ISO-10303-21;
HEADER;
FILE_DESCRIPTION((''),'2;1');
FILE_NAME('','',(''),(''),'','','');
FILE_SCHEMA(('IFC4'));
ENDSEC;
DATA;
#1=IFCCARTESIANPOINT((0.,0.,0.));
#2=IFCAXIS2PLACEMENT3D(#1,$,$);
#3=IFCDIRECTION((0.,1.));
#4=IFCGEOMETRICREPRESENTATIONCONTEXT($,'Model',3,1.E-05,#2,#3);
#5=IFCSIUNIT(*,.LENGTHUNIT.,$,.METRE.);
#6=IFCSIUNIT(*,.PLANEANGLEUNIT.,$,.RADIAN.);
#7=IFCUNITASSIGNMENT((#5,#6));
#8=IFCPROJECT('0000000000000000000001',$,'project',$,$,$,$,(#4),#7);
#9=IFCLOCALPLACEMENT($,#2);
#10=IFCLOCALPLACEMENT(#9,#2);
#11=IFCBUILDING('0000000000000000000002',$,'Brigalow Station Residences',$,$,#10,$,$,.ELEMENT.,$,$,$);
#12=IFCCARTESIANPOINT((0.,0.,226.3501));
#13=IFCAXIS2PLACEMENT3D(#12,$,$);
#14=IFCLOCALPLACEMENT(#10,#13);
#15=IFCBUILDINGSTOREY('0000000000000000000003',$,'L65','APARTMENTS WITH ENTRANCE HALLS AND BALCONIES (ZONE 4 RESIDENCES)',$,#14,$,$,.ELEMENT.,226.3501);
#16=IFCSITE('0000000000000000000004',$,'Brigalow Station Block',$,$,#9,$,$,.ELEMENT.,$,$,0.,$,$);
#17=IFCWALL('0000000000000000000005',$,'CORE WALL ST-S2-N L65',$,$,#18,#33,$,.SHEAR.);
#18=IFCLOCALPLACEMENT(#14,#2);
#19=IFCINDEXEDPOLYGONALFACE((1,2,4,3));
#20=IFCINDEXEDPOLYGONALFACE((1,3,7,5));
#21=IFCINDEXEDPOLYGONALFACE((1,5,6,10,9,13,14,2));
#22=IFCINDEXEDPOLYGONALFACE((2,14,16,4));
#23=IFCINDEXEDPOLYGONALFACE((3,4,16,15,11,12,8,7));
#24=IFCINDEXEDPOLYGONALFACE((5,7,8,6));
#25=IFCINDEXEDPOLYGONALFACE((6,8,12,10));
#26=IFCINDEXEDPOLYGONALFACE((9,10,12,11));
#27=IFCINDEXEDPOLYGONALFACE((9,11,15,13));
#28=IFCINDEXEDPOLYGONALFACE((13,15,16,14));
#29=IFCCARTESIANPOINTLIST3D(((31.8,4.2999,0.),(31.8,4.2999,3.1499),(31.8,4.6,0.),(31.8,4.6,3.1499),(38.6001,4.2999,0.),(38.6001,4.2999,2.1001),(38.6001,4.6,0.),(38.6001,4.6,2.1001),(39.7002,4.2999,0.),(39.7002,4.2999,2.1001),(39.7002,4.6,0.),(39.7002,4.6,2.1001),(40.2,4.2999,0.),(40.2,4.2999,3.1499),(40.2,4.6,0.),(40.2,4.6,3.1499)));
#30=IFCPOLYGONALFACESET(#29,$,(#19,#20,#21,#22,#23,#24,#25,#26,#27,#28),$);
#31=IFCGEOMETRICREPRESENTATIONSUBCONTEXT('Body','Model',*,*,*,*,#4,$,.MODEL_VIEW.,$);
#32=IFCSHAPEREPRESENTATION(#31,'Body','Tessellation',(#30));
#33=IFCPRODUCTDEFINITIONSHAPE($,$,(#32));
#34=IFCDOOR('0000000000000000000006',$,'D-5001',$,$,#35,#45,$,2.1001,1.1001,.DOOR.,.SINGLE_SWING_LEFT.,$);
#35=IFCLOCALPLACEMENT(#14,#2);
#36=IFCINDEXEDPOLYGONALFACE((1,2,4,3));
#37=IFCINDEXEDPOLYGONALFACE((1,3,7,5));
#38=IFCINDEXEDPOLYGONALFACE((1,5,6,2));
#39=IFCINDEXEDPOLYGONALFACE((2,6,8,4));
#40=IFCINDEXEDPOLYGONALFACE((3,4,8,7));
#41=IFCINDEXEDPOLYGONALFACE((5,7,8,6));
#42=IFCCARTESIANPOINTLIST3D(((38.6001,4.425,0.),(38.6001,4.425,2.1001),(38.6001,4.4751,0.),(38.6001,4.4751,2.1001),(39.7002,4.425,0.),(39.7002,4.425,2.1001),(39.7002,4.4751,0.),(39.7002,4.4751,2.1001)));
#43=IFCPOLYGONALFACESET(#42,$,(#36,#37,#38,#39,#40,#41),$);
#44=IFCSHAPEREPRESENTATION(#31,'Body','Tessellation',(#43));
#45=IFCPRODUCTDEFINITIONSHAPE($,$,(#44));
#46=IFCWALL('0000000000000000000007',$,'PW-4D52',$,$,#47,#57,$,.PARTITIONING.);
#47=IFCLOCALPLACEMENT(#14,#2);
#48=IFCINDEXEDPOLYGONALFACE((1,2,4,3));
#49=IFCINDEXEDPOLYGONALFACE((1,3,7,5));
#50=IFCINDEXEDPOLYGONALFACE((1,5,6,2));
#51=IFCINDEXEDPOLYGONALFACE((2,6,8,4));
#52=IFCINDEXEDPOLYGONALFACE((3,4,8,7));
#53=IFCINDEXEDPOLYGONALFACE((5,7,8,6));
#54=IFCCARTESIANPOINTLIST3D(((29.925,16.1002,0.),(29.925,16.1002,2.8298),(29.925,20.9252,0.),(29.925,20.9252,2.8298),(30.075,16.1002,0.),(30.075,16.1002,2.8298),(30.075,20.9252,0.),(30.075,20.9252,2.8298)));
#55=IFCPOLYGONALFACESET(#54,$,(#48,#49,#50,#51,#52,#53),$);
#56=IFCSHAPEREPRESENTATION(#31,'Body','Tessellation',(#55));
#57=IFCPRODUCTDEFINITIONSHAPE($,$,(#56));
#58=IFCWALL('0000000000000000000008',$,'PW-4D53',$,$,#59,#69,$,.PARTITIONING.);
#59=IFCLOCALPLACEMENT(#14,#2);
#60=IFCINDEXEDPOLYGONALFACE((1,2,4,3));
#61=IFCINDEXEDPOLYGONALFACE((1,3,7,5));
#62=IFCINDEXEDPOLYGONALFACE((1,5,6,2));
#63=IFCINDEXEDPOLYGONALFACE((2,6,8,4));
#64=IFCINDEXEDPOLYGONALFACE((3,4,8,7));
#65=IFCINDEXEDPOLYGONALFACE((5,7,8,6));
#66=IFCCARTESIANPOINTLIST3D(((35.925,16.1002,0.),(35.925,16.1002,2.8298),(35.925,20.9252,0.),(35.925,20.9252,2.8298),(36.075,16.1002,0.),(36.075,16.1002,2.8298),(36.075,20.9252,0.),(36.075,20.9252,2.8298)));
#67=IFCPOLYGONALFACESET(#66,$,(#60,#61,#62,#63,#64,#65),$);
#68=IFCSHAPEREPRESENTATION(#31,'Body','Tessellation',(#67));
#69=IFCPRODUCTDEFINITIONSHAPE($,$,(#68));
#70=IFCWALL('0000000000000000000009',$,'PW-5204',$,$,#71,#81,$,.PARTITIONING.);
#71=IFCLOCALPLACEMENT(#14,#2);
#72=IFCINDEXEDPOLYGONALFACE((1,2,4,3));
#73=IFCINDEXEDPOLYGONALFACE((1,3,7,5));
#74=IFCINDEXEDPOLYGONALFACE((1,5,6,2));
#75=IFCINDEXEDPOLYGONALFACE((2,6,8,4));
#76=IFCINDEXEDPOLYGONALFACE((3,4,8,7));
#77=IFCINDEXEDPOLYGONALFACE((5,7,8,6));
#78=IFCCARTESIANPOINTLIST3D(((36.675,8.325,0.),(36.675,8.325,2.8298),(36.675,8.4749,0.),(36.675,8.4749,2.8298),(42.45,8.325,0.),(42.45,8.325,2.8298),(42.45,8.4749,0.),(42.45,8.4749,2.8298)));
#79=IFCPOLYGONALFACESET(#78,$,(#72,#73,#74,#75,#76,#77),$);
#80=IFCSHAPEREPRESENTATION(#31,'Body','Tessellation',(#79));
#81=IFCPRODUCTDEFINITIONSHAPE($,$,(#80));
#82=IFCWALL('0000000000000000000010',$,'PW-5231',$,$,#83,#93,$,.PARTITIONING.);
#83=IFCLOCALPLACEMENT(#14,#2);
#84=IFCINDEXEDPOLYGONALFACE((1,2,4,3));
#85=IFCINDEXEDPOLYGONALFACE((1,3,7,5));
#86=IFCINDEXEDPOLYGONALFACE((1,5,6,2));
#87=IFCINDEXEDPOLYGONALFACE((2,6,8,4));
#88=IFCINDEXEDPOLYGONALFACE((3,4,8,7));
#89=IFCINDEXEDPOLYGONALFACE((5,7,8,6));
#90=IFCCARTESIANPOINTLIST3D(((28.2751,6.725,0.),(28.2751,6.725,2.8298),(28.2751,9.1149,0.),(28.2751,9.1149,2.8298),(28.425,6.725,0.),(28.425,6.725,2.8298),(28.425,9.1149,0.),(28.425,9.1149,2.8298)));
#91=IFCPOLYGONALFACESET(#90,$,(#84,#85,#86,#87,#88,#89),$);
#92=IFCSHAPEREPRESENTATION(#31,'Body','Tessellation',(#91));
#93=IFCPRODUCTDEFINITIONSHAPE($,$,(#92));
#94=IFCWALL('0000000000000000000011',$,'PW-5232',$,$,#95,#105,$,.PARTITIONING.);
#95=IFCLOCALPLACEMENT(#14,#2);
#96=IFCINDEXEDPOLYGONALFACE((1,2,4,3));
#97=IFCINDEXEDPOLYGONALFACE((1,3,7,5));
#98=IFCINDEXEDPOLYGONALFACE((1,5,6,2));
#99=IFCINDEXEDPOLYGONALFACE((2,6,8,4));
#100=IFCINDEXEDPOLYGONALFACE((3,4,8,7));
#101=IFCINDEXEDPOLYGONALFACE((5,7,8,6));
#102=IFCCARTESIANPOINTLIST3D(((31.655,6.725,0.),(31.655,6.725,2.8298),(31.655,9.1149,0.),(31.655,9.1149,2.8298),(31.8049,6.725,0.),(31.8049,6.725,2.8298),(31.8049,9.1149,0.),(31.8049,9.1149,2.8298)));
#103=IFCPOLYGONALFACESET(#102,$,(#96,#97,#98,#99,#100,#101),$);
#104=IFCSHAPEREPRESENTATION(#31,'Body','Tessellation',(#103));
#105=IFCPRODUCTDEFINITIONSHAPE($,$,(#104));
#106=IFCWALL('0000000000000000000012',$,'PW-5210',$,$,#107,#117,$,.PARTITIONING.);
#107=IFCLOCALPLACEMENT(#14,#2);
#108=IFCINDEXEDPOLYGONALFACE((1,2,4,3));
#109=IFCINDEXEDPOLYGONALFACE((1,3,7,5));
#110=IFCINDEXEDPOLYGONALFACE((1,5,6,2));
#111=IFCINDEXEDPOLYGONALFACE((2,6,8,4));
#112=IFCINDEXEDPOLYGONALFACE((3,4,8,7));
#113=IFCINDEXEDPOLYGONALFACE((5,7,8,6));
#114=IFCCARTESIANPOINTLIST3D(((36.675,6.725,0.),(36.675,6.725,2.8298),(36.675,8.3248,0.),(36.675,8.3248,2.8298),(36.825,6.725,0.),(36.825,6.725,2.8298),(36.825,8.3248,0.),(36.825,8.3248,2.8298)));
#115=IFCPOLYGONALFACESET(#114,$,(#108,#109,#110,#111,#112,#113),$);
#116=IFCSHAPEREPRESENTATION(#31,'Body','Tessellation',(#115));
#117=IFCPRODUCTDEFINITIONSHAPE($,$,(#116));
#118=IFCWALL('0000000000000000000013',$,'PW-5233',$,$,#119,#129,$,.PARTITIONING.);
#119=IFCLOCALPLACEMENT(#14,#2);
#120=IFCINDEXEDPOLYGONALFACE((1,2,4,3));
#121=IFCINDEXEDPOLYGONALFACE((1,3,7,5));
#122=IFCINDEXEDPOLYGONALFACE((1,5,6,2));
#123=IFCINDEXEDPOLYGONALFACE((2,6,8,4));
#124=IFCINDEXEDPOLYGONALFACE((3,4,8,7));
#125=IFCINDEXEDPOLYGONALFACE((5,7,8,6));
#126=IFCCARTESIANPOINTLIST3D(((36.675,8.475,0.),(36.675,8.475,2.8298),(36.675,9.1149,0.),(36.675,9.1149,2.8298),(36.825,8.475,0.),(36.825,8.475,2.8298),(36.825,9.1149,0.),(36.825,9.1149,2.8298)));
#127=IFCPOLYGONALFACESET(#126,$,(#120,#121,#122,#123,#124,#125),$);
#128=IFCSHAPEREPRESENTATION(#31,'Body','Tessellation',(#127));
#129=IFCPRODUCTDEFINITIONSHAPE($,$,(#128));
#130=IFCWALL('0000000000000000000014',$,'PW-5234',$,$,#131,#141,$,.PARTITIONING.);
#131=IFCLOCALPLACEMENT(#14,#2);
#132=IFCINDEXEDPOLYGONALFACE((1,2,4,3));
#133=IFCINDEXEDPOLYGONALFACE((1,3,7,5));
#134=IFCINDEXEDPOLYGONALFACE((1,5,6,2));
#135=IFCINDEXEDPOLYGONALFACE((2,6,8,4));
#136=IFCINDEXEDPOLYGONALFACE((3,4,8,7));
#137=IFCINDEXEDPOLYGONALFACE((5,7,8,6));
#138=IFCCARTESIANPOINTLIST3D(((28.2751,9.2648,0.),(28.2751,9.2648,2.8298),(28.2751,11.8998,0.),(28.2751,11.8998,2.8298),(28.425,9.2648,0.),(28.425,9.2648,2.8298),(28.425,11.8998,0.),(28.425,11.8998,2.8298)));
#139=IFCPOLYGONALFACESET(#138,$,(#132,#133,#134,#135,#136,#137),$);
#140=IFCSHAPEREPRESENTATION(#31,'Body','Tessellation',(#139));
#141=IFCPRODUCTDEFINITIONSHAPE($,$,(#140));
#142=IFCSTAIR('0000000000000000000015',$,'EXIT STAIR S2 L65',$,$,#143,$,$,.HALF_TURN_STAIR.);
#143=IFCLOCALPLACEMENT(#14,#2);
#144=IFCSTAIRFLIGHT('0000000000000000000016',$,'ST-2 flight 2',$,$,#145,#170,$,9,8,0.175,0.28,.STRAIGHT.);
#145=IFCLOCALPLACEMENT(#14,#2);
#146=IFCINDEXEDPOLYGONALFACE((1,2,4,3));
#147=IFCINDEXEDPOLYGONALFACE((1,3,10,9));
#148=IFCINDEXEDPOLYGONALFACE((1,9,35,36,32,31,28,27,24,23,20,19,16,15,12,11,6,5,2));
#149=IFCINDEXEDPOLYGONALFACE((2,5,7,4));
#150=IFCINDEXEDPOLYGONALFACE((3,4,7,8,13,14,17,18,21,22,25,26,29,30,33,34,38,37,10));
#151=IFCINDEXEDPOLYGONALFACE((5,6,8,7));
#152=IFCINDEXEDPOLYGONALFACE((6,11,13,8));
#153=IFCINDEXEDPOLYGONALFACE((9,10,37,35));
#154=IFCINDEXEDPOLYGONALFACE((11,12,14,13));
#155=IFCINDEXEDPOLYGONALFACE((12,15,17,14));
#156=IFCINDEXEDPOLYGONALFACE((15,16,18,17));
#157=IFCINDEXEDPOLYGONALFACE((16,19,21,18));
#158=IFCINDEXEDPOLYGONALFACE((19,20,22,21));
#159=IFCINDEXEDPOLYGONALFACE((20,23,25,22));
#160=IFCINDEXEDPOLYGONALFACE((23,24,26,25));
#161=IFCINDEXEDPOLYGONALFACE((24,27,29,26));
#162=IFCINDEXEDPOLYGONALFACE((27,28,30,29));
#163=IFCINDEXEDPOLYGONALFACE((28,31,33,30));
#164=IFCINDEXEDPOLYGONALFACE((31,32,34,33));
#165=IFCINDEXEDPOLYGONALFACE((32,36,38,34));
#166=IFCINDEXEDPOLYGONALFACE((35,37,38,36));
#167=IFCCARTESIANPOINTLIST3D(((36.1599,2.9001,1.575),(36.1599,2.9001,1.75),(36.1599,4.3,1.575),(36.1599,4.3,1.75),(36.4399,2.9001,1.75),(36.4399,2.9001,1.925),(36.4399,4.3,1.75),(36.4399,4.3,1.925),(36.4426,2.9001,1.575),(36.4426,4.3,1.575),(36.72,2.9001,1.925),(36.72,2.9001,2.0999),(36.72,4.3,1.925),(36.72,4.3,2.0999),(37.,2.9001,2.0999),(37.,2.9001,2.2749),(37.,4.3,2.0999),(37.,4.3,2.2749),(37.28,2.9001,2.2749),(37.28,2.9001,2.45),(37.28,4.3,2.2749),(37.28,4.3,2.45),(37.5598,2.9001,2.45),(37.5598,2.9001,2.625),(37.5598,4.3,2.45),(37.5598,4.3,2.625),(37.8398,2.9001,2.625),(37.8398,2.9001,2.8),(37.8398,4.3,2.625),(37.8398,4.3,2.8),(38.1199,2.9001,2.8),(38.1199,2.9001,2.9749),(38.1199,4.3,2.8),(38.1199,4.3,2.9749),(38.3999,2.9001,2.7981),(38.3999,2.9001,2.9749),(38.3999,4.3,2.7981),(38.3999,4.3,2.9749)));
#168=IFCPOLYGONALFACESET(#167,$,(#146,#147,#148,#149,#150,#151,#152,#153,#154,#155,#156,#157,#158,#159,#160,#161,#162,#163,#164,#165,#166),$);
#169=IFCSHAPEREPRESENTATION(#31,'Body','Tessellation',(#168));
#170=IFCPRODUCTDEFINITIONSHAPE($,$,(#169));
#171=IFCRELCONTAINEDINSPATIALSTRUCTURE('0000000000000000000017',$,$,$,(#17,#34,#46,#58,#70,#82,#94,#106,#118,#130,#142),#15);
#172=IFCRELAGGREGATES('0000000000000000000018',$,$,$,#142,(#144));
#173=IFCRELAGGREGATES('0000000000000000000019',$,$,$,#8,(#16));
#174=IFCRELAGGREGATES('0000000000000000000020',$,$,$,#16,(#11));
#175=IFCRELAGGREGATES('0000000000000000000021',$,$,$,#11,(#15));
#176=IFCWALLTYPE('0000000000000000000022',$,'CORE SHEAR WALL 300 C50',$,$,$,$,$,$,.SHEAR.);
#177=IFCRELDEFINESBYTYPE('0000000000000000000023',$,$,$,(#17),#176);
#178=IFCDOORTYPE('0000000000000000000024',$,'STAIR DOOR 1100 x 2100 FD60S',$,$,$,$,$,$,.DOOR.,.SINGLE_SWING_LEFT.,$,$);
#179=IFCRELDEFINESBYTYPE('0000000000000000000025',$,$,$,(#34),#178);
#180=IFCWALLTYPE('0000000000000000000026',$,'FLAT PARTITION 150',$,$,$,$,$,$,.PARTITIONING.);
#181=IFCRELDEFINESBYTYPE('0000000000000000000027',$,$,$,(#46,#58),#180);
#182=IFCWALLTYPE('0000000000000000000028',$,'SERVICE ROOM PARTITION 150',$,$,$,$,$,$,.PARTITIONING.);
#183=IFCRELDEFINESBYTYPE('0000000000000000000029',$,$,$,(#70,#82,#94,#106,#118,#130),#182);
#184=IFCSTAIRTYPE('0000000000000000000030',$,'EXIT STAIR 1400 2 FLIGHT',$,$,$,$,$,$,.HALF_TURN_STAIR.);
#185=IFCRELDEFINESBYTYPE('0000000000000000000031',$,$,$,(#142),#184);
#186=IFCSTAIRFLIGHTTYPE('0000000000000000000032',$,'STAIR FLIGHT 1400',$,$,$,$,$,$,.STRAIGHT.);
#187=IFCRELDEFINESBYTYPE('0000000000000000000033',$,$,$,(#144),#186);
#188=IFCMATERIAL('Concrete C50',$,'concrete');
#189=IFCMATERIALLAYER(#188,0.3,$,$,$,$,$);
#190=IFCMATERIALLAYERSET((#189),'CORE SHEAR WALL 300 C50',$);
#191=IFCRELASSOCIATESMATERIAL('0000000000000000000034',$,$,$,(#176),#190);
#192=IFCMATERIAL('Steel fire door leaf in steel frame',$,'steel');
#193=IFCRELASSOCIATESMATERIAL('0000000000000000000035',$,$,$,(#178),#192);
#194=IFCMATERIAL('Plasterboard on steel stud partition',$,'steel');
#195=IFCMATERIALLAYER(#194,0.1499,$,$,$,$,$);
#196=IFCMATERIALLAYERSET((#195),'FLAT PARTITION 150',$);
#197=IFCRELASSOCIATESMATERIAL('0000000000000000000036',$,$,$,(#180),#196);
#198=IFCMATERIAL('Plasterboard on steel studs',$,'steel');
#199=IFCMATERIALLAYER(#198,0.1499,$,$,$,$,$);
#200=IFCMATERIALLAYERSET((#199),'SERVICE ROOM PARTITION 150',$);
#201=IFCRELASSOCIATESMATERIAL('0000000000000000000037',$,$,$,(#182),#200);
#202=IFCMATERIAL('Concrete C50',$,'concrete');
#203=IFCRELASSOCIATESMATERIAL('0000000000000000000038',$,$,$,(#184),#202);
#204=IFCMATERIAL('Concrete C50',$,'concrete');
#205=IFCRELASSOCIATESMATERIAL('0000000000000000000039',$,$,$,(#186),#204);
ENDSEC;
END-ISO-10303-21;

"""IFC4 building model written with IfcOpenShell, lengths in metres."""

from ifc_helpers import new_model, si_unit, direction, frame, frame_2d, origin, place, context, subcontext, project, spatial, polyline, rectangle, outline, extrude, material, layer, layer_set, type_object, element, fill, aggregate, save


model = new_model("IFC4")

# Units and contexts
model_context = context("Model", 3, precision=1e-05, world=origin(), true_north=direction((0.0, 1.0)))
body_context = subcontext(model_context, "Body", "Model", "MODEL_VIEW")
ifc_project = project(units=[si_unit("LENGTHUNIT", "METRE"), si_unit("PLANEANGLEUNIT", "RADIAN")], contexts=[model_context])

# Site, building, storey
site_placement = place(None, origin())
site = spatial("IfcSite", under=ifc_project, at=site_placement, Name="Brigalow Station Block", CompositionType="ELEMENT", RefElevation=0.0)
building_placement = place(site_placement, origin())
building = spatial("IfcBuilding", under=site, at=building_placement, Name="Brigalow Station Residences", CompositionType="ELEMENT")
storey_placement = place(building_placement, frame((0.0, 0.0, 226.3501)))
storey = spatial("IfcBuildingStorey", under=building, at=storey_placement, Name="L65", Description="APARTMENTS WITH ENTRANCE HALLS AND BALCONIES (ZONE 4 RESIDENCES)", CompositionType="ELEMENT", Elevation=226.3501)

# Wall, opening, door
ifc_material_1 = material(Name="Concrete C50", Category="concrete")
ifc_layer_1 = layer(ifc_material_1, 0.3)
ifc_layer_set_1 = layer_set([ifc_layer_1], Name="CORE SHEAR WALL 300 C50")
wall_type_1 = type_object("IfcWallType", Name="CORE SHEAR WALL 300 C50", PredefinedType="SHEAR", material=ifc_layer_set_1)
wall_1_placement = place(storey_placement, frame((31.8, 4.45, 0.0), z_axis=(0.0, 0.0, 1.0), x_axis=(1.0, 0.0, 0.0)))
wall_1 = element("IfcWall", 1, at=wall_1_placement, inside=storey, type_object=wall_type_1, Name="CORE WALL ST-S2-N L65", PredefinedType="SHEAR", context=body_context, shape_type="SweptSolid", body=[
    extrude(rectangle(XDim=8.3999, YDim=0.3, at=frame_2d((4.2, 0.0))), origin(), (0.0, 0.0, 1.0), 3.1499),
])
opening_placement = place(wall_1_placement, frame((6.8, 0.0, 0.0)))
opening = element("IfcOpeningElement", 2, at=opening_placement, cuts=wall_1, PredefinedType="OPENING", context=body_context, shape_type="SweptSolid", body=[
    extrude(rectangle(XDim=1.1001, YDim=2.1001, at=frame_2d((0.55, 1.05))), frame((0.0, 0.1602, 0.0), z_axis=(0.0, -1.0, 0.0), x_axis=(1.0, 0.0, 0.0)), (0.0, 0.0, 1.0), 0.3201),
])
ifc_material_2 = material(Name="Steel fire door leaf in steel frame", Category="steel")
door_type = type_object("IfcDoorType", Name="STAIR DOOR 1100 x 2100 FD60S", OperationType="SINGLE_SWING_LEFT", PredefinedType="DOOR", material=ifc_material_2)
door_placement = place(opening_placement, frame((1.1001, 0.0, 0.0), z_axis=(0.0, 0.0, 1.0), x_axis=(-1.0, 0.0, 0.0)))
door = element("IfcDoor", 3, at=door_placement, inside=storey, type_object=door_type, Name="D-5001", OperationType="SINGLE_SWING_LEFT", OverallHeight=2.1001, OverallWidth=1.1001, PredefinedType="DOOR", context=body_context, shape_type="SweptSolid", body=[
    extrude(rectangle(XDim=1.1001, YDim=2.1001, at=frame_2d((0.55, 1.05))), frame((0.0, 0.0249, 0.0), z_axis=(0.0, -1.0, 0.0), x_axis=(1.0, 0.0, 0.0)), (0.0, 0.0, 1.0), 0.05),
])
fill(opening, door)

# Walls
ifc_material_3 = material(Name="Plasterboard on steel stud partition", Category="steel")
ifc_layer_2 = layer(ifc_material_3, 0.1499)
ifc_layer_set_2 = layer_set([ifc_layer_2], Name="FLAT PARTITION 150")
wall_type_2 = type_object("IfcWallType", Name="FLAT PARTITION 150", PredefinedType="PARTITIONING", material=ifc_layer_set_2)
for number, where, z_axis, x_axis, name in (
    (4, (30.0, 16.1001, 0.0), (0.0, 0.0, 1.0), (0.0, 1.0, 0.0), "PW-4D52"),
    (5, (36.0, 16.1001, 0.0), (0.0, 0.0, 1.0), (0.0, 1.0, 0.0), "PW-4D53"),
):
    element("IfcWall", number, at=place(storey_placement, frame(where, z_axis=z_axis, x_axis=x_axis)), inside=storey, type_object=wall_type_2, Name=name, PredefinedType="PARTITIONING", context=body_context, shape_type="SweptSolid", body=[
        extrude(rectangle(XDim=4.825, YDim=0.1499, at=frame_2d((2.4126, 0.0))), origin(), (0.0, 0.0, 1.0), 2.8298),
    ])
ifc_material_4 = material(Name="Plasterboard on steel studs", Category="steel")
ifc_layer_3 = layer(ifc_material_4, 0.1499)
ifc_layer_set_3 = layer_set([ifc_layer_3], Name="SERVICE ROOM PARTITION 150")
wall_type_3 = type_object("IfcWallType", Name="SERVICE ROOM PARTITION 150", PredefinedType="PARTITIONING", material=ifc_layer_set_3)
wall_2_placement = place(storey_placement, frame((36.675, 8.3999, 0.0), z_axis=(0.0, 0.0, 1.0), x_axis=(1.0, 0.0, 0.0)))
element("IfcWall", 6, at=wall_2_placement, inside=storey, type_object=wall_type_3, Name="PW-5204", PredefinedType="PARTITIONING", context=body_context, shape_type="SweptSolid", body=[
    extrude(rectangle(XDim=5.7749, YDim=0.1499, at=frame_2d((2.8875, 0.0))), origin(), (0.0, 0.0, 1.0), 2.8298),
])
for number, where, z_axis, x_axis, name in (
    (7, (28.3501, 6.7251, 0.0), (0.0, 0.0, 1.0), (0.0, 1.0, 0.0), "PW-5231"),
    (8, (31.73, 6.7251, 0.0), (0.0, 0.0, 1.0), (0.0, 1.0, 0.0), "PW-5232"),
):
    element("IfcWall", number, at=place(storey_placement, frame(where, z_axis=z_axis, x_axis=x_axis)), inside=storey, type_object=wall_type_3, Name=name, PredefinedType="PARTITIONING", context=body_context, shape_type="SweptSolid", body=[
        extrude(rectangle(XDim=2.3899, YDim=0.1499, at=frame_2d((1.1948, 0.0))), origin(), (0.0, 0.0, 1.0), 2.8298),
    ])
wall_3_placement = place(storey_placement, frame((36.75, 6.7251, 0.0), z_axis=(0.0, 0.0, 1.0), x_axis=(0.0, 1.0, 0.0)))
element("IfcWall", 9, at=wall_3_placement, inside=storey, type_object=wall_type_3, Name="PW-5210", PredefinedType="PARTITIONING", context=body_context, shape_type="SweptSolid", body=[
    extrude(rectangle(XDim=1.5999, YDim=0.1499, at=frame_2d((0.7998, 0.0))), origin(), (0.0, 0.0, 1.0), 2.8298),
])
wall_4_placement = place(storey_placement, frame((36.75, 8.4751, 0.0), z_axis=(0.0, 0.0, 1.0), x_axis=(0.0, 1.0, 0.0)))
element("IfcWall", 10, at=wall_4_placement, inside=storey, type_object=wall_type_3, Name="PW-5233", PredefinedType="PARTITIONING", context=body_context, shape_type="SweptSolid", body=[
    extrude(rectangle(XDim=0.6399, YDim=0.1499, at=frame_2d((0.3198, 0.0))), origin(), (0.0, 0.0, 1.0), 2.8298),
])
wall_5_placement = place(storey_placement, frame((28.3501, 9.2649, 0.0), z_axis=(0.0, 0.0, 1.0), x_axis=(0.0, 1.0, 0.0)))
element("IfcWall", 11, at=wall_5_placement, inside=storey, type_object=wall_type_3, Name="PW-5234", PredefinedType="PARTITIONING", context=body_context, shape_type="SweptSolid", body=[
    extrude(rectangle(XDim=2.635, YDim=0.1499, at=frame_2d((1.3174, 0.0))), origin(), (0.0, 0.0, 1.0), 2.8298),
])

# Stair, stair flight
ifc_material_5 = material(Name="Concrete C50", Category="concrete")
stair_type = type_object("IfcStairType", Name="EXIT STAIR 1400 2 FLIGHT", PredefinedType="HALF_TURN_STAIR", material=ifc_material_5)
stair_placement = place(storey_placement, origin())
stair = element("IfcStair", 12, at=stair_placement, inside=storey, type_object=stair_type, Name="EXIT STAIR S2 L65", PredefinedType="HALF_TURN_STAIR")
ifc_material_6 = material(Name="Concrete C50", Category="concrete")
stair_flight_type = type_object("IfcStairFlightType", Name="STAIR FLIGHT 1400", PredefinedType="STRAIGHT", material=ifc_material_6)
stair_flight_placement = place(storey_placement, frame((36.1599, 3.6001, 1.575), z_axis=(0.0, 0.0, 1.0), x_axis=(1.0, 0.0, 0.0)))
stair_flight = element("IfcStairFlight", 13, at=stair_flight_placement, type_object=stair_flight_type, Name="ST-2 flight 2", NumberOfRisers=9, NumberOfTreads=8, PredefinedType="STRAIGHT", RiserHeight=0.175, TreadLength=0.28, context=body_context, shape_type="SweptSolid", body=[
    extrude(outline(polyline([(0.0, 0.0), (0.0, 0.175), (0.28, 0.175), (0.28, 0.3501), (0.5601, 0.3501), (0.5601, 0.5249), (0.8401, 0.5249), (0.8401, 0.7), (1.1201, 0.7), (1.1201, 0.875), (1.3999, 0.875), (1.3999, 1.05), (1.6799, 1.05), (1.6799, 1.2251), (1.96, 1.2251), (1.96, 1.3999), (2.24, 1.3999), (2.24, 1.575), (2.24, 1.2231), (0.2827, 0.0), (0.0, 0.0)])), frame((0.0, 0.7, 0.0), z_axis=(0.0, -1.0, 0.0), x_axis=(1.0, 0.0, 0.0)), (0.0, 0.0, 1.0), 1.3999),
])
aggregate(stair, [stair_flight])

save(model, "model.ifc")
